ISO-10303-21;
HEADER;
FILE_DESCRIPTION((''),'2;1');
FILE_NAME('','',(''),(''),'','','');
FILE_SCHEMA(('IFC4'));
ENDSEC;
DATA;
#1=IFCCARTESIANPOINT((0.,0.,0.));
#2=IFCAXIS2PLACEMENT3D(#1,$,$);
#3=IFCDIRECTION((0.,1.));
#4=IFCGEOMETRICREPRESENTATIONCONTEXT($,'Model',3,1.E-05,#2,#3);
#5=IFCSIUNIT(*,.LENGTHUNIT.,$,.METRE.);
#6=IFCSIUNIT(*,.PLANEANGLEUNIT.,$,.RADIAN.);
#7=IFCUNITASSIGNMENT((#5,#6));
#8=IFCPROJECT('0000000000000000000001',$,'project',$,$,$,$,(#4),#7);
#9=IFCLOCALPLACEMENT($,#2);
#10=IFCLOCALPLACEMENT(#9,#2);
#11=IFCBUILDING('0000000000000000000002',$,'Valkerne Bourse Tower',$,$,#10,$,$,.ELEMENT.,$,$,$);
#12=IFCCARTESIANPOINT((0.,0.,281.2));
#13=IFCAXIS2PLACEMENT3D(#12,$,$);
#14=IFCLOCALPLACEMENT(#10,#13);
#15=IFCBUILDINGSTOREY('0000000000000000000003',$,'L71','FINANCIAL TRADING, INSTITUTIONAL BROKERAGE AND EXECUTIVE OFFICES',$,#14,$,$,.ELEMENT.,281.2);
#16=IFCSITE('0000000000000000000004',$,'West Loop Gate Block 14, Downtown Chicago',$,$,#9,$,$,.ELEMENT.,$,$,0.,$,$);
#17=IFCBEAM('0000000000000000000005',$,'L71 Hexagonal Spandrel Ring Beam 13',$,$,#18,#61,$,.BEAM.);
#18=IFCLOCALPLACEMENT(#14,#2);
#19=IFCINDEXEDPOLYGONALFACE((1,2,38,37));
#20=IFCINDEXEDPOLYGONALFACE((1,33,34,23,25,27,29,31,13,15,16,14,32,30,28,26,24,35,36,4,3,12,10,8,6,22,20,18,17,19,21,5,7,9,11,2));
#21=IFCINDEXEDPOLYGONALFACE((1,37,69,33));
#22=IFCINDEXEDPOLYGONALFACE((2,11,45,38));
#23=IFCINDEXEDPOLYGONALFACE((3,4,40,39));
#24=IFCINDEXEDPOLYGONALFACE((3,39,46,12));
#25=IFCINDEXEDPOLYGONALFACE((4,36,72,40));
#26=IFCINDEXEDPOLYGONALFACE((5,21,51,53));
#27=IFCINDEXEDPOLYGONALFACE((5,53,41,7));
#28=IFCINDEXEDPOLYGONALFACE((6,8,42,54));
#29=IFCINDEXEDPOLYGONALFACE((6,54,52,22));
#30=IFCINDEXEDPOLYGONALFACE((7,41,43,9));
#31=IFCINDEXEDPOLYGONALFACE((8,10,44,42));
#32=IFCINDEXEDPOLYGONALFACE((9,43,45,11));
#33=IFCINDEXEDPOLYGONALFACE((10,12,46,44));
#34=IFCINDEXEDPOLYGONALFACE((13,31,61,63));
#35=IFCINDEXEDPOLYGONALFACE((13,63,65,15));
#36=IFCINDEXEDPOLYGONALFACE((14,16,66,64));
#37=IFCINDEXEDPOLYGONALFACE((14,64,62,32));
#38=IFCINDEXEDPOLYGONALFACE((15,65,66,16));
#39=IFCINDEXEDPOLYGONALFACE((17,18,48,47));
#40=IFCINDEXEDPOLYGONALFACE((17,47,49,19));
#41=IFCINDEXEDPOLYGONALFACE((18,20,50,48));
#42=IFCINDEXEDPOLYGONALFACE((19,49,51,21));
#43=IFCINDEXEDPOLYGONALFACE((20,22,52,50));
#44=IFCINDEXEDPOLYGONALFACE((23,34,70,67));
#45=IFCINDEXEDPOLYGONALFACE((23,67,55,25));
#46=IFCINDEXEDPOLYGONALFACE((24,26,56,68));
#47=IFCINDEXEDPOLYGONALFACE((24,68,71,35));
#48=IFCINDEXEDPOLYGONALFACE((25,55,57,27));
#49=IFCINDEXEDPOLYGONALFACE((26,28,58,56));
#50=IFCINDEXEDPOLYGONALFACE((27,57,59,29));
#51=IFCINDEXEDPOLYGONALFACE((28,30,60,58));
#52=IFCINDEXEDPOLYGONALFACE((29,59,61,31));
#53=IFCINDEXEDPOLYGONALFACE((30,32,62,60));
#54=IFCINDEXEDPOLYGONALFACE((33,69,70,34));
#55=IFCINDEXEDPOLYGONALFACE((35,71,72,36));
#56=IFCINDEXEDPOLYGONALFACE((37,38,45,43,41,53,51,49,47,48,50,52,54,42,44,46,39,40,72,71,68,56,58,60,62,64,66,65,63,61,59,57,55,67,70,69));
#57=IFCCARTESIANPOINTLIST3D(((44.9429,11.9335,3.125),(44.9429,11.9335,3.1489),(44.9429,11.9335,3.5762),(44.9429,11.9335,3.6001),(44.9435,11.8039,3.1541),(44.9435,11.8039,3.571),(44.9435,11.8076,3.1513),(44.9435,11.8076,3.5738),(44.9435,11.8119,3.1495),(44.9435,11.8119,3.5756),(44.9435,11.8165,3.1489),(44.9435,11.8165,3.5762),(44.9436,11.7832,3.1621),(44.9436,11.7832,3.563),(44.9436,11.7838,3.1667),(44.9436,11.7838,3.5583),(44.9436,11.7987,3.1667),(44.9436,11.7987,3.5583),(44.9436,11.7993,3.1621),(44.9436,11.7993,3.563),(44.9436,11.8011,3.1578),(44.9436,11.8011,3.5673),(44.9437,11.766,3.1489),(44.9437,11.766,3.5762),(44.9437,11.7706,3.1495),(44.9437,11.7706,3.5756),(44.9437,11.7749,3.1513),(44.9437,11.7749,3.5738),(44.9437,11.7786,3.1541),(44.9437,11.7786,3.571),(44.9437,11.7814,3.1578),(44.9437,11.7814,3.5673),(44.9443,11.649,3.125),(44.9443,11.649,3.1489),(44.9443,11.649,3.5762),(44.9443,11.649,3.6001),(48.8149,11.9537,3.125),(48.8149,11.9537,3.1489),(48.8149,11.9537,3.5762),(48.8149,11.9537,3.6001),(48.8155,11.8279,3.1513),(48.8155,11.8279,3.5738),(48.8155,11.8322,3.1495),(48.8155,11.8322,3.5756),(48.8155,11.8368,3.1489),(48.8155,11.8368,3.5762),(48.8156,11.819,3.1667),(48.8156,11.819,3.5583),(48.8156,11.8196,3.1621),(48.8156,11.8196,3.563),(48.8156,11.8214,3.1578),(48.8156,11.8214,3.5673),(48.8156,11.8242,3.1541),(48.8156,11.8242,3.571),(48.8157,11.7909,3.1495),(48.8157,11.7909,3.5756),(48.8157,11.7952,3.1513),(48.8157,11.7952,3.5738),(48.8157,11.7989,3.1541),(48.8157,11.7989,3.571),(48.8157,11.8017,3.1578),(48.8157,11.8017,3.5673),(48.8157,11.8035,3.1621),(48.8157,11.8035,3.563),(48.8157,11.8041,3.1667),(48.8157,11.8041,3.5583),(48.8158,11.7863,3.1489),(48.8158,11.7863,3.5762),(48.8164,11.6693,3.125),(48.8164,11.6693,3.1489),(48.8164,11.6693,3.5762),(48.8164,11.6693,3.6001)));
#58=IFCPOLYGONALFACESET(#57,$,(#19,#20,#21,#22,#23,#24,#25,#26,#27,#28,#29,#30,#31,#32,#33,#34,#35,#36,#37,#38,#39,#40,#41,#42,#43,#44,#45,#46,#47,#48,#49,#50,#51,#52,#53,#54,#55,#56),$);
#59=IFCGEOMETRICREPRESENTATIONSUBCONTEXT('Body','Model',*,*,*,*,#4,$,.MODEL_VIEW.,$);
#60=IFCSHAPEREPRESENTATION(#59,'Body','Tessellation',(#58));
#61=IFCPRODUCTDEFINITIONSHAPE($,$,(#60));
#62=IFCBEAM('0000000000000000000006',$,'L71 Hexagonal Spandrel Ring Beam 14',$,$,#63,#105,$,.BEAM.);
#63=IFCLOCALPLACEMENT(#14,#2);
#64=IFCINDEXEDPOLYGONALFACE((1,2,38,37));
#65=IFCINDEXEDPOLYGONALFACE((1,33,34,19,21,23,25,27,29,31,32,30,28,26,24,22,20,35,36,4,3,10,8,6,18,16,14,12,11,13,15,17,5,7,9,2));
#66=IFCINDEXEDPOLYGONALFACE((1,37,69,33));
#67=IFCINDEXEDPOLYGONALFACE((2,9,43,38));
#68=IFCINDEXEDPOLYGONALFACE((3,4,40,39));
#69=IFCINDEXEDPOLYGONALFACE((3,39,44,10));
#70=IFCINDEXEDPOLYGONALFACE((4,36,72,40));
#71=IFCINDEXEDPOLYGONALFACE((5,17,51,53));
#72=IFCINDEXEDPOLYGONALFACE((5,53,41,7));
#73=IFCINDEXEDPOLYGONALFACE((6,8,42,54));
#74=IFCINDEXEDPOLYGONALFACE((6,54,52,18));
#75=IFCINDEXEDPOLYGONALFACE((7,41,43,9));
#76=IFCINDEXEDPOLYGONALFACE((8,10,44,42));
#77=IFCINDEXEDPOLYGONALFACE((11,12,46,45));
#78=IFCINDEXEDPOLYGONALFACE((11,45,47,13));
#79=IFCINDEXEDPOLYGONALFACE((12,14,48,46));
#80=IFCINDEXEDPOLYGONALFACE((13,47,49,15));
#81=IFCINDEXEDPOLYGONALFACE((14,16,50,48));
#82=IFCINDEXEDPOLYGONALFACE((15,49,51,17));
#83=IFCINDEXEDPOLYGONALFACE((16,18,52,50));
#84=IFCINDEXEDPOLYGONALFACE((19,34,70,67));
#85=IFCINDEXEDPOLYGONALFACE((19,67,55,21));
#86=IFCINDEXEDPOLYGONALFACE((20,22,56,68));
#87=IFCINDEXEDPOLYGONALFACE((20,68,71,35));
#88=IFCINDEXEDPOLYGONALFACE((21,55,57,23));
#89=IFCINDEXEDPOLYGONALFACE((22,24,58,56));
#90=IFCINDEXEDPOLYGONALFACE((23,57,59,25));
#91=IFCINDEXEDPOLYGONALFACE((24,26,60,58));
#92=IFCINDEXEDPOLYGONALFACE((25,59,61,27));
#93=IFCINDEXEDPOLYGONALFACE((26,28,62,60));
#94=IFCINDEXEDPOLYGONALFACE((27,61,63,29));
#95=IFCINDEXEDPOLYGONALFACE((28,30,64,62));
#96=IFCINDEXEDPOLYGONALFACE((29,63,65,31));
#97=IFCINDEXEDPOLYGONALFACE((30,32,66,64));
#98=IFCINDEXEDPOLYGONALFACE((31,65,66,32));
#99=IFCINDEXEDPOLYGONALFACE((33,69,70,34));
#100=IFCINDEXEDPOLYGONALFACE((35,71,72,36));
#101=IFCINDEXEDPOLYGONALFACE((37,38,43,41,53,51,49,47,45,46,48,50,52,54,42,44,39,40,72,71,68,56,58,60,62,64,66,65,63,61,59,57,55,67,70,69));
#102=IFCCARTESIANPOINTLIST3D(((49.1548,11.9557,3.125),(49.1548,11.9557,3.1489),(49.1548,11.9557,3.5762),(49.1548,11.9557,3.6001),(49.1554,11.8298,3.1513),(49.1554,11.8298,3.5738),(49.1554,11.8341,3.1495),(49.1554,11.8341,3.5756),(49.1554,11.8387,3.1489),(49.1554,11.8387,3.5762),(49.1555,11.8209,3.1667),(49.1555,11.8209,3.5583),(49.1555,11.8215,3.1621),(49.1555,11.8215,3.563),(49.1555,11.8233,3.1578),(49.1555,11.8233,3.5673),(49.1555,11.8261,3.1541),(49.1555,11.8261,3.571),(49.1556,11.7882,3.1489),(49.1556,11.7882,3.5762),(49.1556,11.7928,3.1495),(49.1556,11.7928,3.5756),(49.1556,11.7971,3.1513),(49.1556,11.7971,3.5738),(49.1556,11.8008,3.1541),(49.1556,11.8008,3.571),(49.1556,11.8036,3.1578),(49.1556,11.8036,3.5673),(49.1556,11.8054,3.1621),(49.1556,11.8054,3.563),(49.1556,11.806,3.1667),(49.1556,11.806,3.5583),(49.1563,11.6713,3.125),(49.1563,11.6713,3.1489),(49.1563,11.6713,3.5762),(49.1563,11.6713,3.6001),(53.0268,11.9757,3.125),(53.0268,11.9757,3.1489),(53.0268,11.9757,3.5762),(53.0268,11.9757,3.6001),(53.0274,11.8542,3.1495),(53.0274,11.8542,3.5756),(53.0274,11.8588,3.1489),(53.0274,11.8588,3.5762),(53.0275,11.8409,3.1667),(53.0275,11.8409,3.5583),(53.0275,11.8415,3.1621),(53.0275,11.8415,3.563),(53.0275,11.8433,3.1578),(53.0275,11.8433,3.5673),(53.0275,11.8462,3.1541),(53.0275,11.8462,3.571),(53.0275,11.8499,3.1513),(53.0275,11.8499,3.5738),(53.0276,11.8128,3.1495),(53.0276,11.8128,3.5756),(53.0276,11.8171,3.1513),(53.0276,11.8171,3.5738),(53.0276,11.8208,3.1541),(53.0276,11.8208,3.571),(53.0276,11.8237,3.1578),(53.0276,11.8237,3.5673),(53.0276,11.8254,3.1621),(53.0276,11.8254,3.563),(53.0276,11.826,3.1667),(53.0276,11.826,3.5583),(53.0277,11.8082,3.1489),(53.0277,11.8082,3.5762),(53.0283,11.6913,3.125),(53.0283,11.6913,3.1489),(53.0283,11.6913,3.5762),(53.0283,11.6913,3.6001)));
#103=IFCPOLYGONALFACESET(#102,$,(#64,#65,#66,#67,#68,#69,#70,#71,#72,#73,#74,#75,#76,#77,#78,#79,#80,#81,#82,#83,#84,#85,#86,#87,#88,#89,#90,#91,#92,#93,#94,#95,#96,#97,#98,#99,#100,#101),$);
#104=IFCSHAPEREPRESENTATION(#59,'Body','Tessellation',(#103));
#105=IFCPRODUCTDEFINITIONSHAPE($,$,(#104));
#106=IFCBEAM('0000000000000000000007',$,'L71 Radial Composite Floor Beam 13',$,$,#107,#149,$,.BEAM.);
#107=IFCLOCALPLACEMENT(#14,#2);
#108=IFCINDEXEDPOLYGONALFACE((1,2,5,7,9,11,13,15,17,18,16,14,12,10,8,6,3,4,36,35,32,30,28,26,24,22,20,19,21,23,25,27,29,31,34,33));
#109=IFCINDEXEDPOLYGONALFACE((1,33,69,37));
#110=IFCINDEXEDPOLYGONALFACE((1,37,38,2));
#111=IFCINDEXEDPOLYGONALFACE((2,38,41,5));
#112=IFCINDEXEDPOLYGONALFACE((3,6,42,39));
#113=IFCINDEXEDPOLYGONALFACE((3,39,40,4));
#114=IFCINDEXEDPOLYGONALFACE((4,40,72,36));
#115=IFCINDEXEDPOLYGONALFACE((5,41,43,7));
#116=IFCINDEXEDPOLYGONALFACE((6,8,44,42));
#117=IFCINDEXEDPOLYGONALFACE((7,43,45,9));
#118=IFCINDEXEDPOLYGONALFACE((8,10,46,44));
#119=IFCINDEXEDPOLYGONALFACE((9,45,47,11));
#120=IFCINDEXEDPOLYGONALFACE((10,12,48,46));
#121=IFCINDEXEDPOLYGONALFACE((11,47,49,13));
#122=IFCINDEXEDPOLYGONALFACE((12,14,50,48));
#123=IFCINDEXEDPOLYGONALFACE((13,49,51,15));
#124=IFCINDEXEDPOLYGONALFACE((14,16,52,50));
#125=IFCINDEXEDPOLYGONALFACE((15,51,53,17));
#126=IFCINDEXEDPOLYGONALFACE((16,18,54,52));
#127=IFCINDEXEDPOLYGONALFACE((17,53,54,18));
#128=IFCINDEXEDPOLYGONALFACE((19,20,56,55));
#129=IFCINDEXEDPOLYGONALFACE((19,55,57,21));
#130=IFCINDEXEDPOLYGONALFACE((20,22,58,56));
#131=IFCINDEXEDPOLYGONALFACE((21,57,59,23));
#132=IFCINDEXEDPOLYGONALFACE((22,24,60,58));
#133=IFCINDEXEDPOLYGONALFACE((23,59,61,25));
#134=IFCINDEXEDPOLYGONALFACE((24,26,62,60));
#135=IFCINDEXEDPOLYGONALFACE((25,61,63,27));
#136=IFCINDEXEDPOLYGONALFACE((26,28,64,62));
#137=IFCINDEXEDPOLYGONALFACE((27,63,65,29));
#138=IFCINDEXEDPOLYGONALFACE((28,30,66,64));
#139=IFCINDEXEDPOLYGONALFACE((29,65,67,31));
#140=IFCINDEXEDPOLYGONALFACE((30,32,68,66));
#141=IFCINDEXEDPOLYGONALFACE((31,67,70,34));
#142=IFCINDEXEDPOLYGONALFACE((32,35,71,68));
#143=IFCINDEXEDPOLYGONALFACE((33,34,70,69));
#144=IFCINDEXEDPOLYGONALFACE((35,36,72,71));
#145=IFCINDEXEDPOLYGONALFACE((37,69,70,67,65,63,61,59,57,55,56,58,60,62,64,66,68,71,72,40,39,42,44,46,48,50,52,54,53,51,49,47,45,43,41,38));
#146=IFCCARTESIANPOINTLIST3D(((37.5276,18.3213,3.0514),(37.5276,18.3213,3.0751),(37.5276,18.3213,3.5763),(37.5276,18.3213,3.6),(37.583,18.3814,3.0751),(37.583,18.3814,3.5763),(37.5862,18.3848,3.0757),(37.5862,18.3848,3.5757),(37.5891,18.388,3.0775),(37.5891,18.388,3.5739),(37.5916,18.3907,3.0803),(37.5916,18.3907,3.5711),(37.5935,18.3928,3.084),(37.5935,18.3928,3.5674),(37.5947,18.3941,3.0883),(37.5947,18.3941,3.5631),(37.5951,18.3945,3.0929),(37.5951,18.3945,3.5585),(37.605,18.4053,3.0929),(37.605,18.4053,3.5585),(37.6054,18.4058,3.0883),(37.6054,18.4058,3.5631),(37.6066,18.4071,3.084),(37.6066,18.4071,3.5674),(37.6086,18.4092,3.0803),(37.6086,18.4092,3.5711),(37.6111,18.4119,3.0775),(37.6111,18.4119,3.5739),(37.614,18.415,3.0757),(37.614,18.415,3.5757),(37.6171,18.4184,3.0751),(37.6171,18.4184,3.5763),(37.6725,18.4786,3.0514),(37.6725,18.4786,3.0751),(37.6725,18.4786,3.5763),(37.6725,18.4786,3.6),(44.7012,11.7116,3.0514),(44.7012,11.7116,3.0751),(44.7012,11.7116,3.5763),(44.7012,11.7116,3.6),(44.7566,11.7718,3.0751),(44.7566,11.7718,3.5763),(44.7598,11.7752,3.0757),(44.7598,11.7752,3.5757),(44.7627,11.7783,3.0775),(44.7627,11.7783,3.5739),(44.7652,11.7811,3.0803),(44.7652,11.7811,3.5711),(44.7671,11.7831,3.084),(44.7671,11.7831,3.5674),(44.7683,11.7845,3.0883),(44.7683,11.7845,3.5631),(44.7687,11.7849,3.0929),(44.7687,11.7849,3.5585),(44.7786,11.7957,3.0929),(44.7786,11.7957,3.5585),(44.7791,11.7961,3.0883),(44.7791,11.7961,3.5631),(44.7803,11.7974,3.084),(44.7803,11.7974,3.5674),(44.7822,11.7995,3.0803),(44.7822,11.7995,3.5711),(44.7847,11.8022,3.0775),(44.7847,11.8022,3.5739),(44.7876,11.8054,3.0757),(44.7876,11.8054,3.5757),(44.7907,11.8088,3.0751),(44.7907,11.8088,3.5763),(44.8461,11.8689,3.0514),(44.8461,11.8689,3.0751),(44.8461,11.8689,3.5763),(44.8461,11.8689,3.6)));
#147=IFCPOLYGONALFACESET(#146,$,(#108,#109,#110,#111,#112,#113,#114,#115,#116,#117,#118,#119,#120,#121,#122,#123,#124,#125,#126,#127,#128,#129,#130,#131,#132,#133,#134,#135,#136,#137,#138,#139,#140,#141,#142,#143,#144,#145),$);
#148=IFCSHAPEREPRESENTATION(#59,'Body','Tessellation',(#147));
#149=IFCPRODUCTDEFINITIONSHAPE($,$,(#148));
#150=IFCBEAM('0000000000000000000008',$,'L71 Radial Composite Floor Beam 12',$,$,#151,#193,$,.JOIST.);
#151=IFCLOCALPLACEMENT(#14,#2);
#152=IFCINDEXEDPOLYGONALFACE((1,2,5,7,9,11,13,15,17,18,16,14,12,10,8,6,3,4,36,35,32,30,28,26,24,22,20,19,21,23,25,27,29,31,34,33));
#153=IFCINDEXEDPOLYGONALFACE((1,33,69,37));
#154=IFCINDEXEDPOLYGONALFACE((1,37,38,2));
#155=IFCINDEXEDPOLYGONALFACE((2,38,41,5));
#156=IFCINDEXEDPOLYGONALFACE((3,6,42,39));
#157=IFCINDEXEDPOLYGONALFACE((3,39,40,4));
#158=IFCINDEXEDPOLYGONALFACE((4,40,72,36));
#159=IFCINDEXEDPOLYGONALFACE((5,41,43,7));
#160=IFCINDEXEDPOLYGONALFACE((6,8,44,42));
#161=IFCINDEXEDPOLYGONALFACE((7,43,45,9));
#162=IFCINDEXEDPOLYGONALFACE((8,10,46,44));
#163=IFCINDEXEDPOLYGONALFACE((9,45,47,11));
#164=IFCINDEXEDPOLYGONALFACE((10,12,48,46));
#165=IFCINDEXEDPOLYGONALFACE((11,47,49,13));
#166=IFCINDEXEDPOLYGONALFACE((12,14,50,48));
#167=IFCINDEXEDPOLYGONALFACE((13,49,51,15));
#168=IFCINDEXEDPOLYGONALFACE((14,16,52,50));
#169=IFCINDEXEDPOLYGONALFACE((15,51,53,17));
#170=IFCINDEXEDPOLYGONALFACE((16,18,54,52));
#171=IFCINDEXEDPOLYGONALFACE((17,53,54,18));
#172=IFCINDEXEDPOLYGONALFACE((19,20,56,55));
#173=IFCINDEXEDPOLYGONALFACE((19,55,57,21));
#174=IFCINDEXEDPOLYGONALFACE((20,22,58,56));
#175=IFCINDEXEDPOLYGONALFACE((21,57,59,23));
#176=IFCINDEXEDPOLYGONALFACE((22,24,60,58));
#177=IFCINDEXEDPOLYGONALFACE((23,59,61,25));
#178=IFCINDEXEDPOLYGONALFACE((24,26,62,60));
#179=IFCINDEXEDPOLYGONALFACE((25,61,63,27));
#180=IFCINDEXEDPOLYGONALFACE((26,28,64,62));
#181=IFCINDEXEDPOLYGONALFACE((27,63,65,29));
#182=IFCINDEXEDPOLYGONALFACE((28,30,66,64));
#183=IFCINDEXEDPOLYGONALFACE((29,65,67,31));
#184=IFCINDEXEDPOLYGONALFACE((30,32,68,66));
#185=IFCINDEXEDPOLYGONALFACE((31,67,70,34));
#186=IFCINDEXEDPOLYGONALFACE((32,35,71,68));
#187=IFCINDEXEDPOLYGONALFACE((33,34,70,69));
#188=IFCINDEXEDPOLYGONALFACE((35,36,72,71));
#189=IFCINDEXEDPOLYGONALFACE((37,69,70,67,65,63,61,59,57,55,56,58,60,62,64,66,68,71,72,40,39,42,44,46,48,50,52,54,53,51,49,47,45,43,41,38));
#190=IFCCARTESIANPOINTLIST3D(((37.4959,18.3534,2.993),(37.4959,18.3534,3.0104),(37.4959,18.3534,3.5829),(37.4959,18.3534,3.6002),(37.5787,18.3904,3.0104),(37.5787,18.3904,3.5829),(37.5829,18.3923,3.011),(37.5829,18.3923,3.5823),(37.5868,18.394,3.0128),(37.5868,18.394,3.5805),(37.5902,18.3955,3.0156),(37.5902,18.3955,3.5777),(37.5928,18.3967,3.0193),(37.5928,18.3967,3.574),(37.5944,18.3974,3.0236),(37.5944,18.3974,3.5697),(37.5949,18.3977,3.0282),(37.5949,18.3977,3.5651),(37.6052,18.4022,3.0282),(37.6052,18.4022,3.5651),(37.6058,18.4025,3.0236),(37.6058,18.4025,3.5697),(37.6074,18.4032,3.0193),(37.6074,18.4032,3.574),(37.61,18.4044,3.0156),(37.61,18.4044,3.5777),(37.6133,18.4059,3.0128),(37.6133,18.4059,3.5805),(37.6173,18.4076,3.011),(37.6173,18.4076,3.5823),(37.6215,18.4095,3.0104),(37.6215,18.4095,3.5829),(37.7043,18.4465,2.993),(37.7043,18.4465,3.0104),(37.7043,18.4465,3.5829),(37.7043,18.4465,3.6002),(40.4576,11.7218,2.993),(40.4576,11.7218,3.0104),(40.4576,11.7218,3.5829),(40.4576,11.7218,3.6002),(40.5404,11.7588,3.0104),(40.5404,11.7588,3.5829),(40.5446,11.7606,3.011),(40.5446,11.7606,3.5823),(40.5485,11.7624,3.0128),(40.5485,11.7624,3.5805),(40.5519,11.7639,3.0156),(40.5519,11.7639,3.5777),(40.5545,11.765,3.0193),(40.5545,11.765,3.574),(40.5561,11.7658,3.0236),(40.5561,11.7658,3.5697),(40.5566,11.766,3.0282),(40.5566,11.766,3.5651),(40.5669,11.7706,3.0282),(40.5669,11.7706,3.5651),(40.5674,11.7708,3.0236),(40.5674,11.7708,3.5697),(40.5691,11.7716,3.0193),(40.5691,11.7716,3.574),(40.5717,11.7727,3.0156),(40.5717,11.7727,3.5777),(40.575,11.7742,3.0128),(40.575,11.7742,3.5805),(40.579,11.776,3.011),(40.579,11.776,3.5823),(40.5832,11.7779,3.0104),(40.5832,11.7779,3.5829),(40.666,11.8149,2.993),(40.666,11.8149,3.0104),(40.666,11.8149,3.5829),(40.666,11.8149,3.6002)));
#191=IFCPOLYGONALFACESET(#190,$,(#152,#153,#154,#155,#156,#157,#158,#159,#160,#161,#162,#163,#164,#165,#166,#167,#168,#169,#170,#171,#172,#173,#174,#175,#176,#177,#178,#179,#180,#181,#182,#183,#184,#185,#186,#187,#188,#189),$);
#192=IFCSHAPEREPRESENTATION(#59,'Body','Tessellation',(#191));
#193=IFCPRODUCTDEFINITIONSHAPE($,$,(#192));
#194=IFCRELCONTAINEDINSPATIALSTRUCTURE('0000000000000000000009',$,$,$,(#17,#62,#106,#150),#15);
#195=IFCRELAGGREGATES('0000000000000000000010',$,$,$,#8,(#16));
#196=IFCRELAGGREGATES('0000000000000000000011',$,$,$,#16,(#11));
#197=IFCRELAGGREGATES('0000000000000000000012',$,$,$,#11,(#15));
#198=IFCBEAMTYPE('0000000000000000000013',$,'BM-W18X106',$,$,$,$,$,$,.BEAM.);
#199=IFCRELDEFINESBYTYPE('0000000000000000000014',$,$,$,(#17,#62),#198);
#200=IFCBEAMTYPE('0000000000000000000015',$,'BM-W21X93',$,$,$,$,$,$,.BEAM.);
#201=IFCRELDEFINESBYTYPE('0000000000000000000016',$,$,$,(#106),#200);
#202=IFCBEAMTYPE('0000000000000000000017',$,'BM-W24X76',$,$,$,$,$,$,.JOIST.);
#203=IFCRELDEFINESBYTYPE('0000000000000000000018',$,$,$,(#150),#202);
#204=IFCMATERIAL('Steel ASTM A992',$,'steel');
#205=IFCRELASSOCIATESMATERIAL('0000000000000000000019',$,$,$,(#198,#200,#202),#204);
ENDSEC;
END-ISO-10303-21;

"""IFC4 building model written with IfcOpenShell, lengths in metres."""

from ifc_helpers import new_model, si_unit, direction, frame, origin, origin_2d, place, context, subcontext, project, spatial, i_section, extrude, material, material_profile, profile_set, type_object, element, save


model = new_model("IFC4")

# Units and contexts
model_context = context("Model", 3, precision=1e-05, world=origin(), true_north=direction((0.0, 1.0)))
body_context = subcontext(model_context, "Body", "Model", "MODEL_VIEW")
ifc_project = project(units=[si_unit("LENGTHUNIT", "METRE"), si_unit("PLANEANGLEUNIT", "RADIAN")], contexts=[model_context])

# Site, building, storey
site_placement = place(None, origin())
site = spatial("IfcSite", under=ifc_project, at=site_placement, Name="West Loop Gate Block 14, Downtown Chicago", CompositionType="ELEMENT", RefElevation=0.0)
building_placement = place(site_placement, origin())
building = spatial("IfcBuilding", under=site, at=building_placement, Name="Valkerne Bourse Tower", CompositionType="ELEMENT")
storey_placement = place(building_placement, frame((0.0, 0.0, 281.2)))
storey = spatial("IfcBuildingStorey", under=building, at=storey_placement, Name="L71", Description="FINANCIAL TRADING, INSTITUTIONAL BROKERAGE AND EXECUTIVE OFFICES", CompositionType="ELEMENT", Elevation=281.2)

# Beams
ifc_material_1 = material(Name="Steel ASTM A992", Category="steel")
ifc_material_profile_1 = material_profile(ifc_material_1, i_section(OverallWidth=0.2844, OverallDepth=0.4751, WebThickness=0.0149, FlangeThickness=0.0239, FilletRadius=0.0178, at=origin_2d()), Name="W18X106")
ifc_profile_set_1 = profile_set([ifc_material_profile_1], Name="Steel ASTM A992")
beam_type_1 = type_object("IfcBeamType", Name="BM-W18X106", PredefinedType="BEAM", material=ifc_profile_set_1)
for number, where, z_axis, x_axis, name in (
    (1, (44.9436, 11.7913, 3.3625), (0.999986, 0.005233, 0.0), (-0.005233, 0.999986, 0.0), "L71 Hexagonal Spandrel Ring Beam 13"),
    (2, (49.1555, 11.8135, 3.3625), (0.999987, 0.00517, 0.0), (-0.00517, 0.999987, 0.0), "L71 Hexagonal Spandrel Ring Beam 14"),
):
    element("IfcBeam", number, at=place(storey_placement, frame(where, z_axis=z_axis, x_axis=x_axis)), inside=storey, type_object=beam_type_1, Name=name, PredefinedType="BEAM", context=body_context, shape_type="SweptSolid", body=[
        extrude(i_section(OverallWidth=0.2844, OverallDepth=0.4751, WebThickness=0.0149, FlangeThickness=0.0239, FilletRadius=0.0178, at=origin_2d()), origin(), (0.0, 0.0, 1.0), 3.8721),
    ])
ifc_material_profile_2 = material_profile(ifc_material_1, i_section(OverallWidth=0.2139, OverallDepth=0.5486, WebThickness=0.0146, FlangeThickness=0.0237, FilletRadius=0.0178, at=origin_2d()), Name="W21X93")
ifc_profile_set_2 = profile_set([ifc_material_profile_2], Name="Steel ASTM A992")
beam_type_2 = type_object("IfcBeamType", Name="BM-W21X93", PredefinedType="BEAM", material=ifc_profile_set_2)
beam_1_placement = place(storey_placement, frame((44.7737, 11.7903, 3.3257), z_axis=(-0.735424, 0.677607, 0.0), x_axis=(-0.677607, -0.735424, 0.0)))
element("IfcBeam", 3, at=beam_1_placement, inside=storey, type_object=beam_type_2, Name="L71 Radial Composite Floor Beam 13", PredefinedType="BEAM", context=body_context, shape_type="SweptSolid", body=[
    extrude(i_section(OverallWidth=0.2139, OverallDepth=0.5486, WebThickness=0.0146, FlangeThickness=0.0237, FilletRadius=0.0178, at=origin_2d()), origin(), (0.0, 0.0, 1.0), 9.7544),
])
ifc_material_profile_3 = material_profile(ifc_material_1, i_section(OverallWidth=0.2283, OverallDepth=0.6072, WebThickness=0.0112, FlangeThickness=0.0173, FilletRadius=0.0178, at=origin_2d()), Name="W24X76")
ifc_profile_set_3 = profile_set([ifc_material_profile_3], Name="Steel ASTM A992")
beam_type_3 = type_object("IfcBeamType", Name="BM-W24X76", PredefinedType="JOIST", material=ifc_profile_set_3)
beam_2_placement = place(storey_placement, frame((40.5618, 11.7683, 3.2966), z_axis=(-0.407781, 0.91308, 0.0), x_axis=(-0.91308, -0.407781, 0.0)))
element("IfcBeam", 4, at=beam_2_placement, inside=storey, type_object=beam_type_3, Name="L71 Radial Composite Floor Beam 12", PredefinedType="JOIST", context=body_context, shape_type="SweptSolid", body=[
    extrude(i_section(OverallWidth=0.2283, OverallDepth=0.6072, WebThickness=0.0112, FlangeThickness=0.0173, FilletRadius=0.0178, at=origin_2d()), origin(), (0.0, 0.0, 1.0), 7.2629),
])

save(model, "model.ifc")
